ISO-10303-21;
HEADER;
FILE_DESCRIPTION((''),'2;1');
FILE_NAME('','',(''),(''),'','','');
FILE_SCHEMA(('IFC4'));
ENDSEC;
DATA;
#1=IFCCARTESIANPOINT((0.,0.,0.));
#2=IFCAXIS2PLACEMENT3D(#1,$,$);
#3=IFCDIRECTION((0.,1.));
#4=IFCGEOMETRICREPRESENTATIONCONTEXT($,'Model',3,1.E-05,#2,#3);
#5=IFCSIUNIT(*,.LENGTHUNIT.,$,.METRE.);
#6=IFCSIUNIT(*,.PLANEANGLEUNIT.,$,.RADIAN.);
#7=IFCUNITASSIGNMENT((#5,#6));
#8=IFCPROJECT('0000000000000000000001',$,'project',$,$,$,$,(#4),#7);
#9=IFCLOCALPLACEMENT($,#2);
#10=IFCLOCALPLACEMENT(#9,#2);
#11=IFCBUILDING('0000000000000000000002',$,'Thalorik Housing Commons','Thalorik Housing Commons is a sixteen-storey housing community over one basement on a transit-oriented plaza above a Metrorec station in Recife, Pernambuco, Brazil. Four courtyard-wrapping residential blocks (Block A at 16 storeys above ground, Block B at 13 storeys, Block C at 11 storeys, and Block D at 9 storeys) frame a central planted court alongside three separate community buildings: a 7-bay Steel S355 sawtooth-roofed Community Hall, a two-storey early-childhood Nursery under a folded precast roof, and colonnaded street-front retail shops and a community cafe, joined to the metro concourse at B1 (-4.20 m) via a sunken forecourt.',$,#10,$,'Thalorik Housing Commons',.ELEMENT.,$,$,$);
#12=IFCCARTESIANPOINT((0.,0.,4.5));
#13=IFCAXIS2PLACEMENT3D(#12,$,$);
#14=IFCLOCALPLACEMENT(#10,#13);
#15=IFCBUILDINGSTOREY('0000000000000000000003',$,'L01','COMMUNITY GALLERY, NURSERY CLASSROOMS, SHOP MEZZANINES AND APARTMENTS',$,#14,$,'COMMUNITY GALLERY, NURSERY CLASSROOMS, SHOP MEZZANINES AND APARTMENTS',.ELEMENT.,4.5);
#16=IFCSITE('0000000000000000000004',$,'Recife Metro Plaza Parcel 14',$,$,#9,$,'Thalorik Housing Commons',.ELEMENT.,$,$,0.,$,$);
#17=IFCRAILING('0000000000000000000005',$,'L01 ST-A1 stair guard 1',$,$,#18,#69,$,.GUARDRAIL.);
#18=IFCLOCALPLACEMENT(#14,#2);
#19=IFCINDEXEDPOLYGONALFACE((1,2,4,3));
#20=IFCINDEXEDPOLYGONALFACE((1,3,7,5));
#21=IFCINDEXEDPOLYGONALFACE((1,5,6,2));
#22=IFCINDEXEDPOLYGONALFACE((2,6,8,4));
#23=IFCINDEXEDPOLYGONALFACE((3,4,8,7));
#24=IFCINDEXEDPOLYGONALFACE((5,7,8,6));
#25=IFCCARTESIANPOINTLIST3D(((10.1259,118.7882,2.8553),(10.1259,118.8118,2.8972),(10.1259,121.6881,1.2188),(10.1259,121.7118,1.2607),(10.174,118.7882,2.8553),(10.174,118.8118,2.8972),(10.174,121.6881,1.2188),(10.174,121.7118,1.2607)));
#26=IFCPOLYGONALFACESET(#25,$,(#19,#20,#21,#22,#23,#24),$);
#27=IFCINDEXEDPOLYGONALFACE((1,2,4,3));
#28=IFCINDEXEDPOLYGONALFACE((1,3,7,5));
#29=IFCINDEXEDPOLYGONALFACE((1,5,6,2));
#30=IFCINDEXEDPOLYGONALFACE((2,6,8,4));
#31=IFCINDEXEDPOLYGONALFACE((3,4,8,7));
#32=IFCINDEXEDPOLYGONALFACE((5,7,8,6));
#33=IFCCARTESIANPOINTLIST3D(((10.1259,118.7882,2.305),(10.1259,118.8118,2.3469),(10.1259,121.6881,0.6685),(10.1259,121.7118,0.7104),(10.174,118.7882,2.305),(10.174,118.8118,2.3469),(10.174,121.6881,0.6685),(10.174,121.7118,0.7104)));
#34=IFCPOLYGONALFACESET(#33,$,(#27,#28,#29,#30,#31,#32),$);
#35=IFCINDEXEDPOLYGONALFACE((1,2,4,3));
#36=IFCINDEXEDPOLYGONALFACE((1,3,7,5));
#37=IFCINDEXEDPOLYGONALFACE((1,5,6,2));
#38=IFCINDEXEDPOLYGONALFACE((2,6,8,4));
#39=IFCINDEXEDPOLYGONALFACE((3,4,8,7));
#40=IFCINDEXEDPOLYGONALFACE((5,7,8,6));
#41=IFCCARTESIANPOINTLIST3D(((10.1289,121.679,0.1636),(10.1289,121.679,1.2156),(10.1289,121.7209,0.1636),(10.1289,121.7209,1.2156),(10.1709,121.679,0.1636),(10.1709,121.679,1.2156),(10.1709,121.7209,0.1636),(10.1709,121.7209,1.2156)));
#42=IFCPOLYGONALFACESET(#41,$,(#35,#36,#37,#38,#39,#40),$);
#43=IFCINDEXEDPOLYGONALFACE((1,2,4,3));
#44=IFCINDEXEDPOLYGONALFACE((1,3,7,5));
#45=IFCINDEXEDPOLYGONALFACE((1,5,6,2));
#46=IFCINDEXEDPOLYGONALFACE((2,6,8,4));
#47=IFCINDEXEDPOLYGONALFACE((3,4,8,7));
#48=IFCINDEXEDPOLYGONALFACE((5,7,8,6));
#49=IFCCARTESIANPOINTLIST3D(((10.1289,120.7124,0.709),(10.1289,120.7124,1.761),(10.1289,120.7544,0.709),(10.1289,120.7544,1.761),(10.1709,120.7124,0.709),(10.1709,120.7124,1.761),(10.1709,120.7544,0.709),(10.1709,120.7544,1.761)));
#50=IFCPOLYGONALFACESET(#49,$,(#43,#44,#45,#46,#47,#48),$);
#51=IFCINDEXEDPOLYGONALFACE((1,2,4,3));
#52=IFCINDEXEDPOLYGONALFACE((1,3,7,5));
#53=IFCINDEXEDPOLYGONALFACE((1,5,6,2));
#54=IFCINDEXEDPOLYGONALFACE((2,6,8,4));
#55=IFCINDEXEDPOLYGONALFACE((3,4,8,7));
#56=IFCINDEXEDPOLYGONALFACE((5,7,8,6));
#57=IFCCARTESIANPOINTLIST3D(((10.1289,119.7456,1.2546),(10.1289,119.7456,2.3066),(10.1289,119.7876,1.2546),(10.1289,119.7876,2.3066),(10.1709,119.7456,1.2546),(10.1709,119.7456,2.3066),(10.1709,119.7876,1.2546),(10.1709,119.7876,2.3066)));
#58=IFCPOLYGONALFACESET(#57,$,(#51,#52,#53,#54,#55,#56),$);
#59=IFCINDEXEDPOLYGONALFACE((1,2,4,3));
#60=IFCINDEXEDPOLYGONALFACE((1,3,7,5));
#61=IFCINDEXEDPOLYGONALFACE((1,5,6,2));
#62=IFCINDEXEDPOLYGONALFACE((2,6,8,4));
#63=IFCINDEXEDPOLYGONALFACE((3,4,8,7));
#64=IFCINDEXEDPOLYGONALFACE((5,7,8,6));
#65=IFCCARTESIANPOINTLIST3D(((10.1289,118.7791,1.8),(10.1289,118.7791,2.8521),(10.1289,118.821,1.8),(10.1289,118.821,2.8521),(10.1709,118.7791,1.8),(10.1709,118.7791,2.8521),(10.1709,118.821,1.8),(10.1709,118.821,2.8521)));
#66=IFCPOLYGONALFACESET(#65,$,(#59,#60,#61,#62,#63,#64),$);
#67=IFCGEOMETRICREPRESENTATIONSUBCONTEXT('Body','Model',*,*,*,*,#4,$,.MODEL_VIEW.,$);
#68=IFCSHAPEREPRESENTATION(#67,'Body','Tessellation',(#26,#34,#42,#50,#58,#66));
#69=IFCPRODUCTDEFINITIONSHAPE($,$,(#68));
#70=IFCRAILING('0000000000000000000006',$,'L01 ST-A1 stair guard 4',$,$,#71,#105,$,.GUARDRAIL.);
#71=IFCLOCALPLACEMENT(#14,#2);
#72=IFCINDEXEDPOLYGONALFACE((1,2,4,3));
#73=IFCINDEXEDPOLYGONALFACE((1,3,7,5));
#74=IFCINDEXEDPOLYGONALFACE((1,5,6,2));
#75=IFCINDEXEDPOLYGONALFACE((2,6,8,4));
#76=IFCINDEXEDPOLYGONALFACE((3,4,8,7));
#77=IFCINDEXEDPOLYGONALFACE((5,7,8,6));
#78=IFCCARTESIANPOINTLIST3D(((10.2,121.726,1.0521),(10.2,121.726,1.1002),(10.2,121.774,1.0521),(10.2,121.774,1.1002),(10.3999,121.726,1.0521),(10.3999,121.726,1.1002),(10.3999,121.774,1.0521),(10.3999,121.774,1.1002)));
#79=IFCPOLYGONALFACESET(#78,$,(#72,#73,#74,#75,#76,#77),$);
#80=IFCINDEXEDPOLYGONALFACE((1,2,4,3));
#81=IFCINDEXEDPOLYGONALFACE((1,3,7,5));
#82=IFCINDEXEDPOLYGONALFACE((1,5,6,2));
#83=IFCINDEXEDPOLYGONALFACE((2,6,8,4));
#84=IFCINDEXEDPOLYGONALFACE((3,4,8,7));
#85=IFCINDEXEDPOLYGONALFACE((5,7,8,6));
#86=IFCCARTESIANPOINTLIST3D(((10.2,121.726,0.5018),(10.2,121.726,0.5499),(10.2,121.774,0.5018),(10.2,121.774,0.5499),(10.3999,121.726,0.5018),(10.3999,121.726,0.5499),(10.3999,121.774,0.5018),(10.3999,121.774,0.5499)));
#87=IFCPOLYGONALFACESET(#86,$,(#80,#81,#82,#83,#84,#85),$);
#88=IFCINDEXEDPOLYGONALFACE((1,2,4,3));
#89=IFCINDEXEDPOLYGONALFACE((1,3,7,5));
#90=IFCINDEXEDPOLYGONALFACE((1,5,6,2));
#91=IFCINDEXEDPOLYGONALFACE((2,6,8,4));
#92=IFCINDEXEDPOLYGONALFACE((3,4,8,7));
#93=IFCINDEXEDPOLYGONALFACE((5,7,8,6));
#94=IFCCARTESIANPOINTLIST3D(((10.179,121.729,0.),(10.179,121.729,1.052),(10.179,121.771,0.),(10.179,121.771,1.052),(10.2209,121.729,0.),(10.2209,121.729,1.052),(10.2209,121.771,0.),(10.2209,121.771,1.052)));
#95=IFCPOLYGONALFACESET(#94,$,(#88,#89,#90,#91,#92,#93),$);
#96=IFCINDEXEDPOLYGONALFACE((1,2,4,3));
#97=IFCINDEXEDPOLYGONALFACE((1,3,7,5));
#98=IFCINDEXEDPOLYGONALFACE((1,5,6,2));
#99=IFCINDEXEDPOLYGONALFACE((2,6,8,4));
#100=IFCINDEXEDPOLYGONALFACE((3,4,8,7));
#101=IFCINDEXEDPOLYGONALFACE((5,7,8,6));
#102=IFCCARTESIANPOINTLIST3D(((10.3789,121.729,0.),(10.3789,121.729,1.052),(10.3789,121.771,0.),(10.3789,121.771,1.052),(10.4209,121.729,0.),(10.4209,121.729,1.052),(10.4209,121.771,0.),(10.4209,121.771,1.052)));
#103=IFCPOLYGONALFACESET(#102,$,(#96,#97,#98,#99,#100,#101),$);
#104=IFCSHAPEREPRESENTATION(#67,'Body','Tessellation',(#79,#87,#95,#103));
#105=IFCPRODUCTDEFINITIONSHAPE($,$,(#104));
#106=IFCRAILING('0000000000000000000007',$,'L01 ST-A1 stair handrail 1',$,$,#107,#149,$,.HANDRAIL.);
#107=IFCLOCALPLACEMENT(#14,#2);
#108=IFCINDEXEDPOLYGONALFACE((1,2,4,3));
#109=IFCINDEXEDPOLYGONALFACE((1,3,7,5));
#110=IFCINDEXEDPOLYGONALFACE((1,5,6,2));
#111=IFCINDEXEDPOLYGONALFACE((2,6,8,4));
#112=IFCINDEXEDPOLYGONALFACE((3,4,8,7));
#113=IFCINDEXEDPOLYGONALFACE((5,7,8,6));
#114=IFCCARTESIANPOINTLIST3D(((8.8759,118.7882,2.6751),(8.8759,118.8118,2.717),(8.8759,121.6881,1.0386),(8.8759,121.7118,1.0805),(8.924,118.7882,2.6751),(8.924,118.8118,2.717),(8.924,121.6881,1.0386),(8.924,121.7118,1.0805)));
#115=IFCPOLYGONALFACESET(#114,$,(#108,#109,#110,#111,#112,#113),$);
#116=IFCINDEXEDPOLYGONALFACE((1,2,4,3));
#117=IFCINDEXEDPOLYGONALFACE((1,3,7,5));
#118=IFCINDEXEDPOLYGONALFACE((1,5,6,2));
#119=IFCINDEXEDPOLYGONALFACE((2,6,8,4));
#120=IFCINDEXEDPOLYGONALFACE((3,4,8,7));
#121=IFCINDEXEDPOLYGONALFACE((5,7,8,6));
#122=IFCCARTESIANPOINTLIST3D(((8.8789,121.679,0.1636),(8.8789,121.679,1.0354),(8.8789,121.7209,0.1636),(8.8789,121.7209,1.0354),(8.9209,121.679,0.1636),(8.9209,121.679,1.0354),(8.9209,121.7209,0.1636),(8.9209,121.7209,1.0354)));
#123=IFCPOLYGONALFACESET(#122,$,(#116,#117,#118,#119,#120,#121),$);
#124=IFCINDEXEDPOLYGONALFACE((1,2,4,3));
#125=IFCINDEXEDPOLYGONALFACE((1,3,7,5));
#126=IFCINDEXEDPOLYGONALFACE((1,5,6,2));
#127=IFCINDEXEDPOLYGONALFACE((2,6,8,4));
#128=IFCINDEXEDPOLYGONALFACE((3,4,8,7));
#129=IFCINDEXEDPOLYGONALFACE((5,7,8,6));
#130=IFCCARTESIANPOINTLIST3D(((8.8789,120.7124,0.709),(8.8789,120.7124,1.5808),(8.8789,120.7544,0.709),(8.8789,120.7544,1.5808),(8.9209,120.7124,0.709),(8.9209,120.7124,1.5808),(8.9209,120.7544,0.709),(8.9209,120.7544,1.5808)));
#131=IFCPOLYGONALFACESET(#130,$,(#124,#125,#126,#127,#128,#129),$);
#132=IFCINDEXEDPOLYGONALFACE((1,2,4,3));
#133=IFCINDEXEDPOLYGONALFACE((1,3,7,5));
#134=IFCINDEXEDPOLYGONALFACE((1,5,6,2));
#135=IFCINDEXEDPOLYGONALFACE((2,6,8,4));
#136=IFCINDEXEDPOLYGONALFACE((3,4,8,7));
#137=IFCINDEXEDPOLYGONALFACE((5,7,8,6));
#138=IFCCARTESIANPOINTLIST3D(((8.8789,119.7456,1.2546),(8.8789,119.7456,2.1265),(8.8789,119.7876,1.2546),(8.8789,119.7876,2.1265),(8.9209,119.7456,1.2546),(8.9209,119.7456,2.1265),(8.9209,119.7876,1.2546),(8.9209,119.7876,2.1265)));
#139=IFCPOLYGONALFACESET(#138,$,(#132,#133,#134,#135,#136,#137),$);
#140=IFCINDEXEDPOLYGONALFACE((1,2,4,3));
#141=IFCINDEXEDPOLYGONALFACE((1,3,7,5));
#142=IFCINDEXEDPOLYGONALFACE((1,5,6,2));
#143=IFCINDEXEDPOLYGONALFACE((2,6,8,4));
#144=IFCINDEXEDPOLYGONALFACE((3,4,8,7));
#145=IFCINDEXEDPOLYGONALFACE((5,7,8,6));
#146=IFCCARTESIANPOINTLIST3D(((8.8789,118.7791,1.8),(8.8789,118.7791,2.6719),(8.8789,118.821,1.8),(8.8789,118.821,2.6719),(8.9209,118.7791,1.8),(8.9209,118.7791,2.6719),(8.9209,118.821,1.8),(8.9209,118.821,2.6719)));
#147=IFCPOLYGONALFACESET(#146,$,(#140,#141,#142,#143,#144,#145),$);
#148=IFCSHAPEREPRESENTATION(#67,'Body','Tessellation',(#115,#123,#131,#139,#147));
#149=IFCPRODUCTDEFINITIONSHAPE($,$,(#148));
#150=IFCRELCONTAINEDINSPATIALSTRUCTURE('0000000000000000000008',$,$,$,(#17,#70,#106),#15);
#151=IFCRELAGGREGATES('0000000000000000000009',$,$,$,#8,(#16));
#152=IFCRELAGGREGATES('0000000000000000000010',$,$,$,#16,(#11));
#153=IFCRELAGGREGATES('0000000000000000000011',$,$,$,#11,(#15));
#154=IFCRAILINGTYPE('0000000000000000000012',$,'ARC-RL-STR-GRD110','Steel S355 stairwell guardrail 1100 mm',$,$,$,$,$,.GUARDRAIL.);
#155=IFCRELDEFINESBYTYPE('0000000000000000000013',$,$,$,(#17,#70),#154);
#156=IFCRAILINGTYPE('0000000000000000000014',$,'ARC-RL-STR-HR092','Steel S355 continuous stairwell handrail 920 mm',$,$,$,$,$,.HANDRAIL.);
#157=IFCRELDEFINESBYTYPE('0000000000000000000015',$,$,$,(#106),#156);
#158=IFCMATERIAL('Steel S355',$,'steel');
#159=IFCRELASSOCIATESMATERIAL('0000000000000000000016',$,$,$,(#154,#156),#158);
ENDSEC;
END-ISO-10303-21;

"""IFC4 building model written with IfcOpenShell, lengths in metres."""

from ifc_helpers import new_model, si_unit, direction, frame, origin, origin_2d, place, context, subcontext, project, spatial, rectangle, extrude, material, type_object, element, save


model = new_model("IFC4")

# Units and contexts
model_context = context("Model", 3, precision=1e-05, world=origin(), true_north=direction((0.0, 1.0)))
body_context = subcontext(model_context, "Body", "Model", "MODEL_VIEW")
ifc_project = project(units=[si_unit("LENGTHUNIT", "METRE"), si_unit("PLANEANGLEUNIT", "RADIAN")], contexts=[model_context])

# Site, building, storey
site_placement = place(None, origin())
site = spatial("IfcSite", under=ifc_project, at=site_placement, Name="Recife Metro Plaza Parcel 14", LongName="Thalorik Housing Commons", CompositionType="ELEMENT", RefElevation=0.0)
building_placement = place(site_placement, origin())
building = spatial("IfcBuilding", under=site, at=building_placement, Name="Thalorik Housing Commons", Description="Thalorik Housing Commons is a sixteen-storey housing community over one basement on a transit-oriented plaza above a Metrorec station in Recife, Pernambuco, Brazil. Four courtyard-wrapping residential blocks (Block A at 16 storeys above ground, Block B at 13 storeys, Block C at 11 storeys, and Block D at 9 storeys) frame a central planted court alongside three separate community buildings: a 7-bay Steel S355 sawtooth-roofed Community Hall, a two-storey early-childhood Nursery under a folded precast roof, and colonnaded street-front retail shops and a community cafe, joined to the metro concourse at B1 (-4.20 m) via a sunken forecourt.", LongName="Thalorik Housing Commons", CompositionType="ELEMENT")
storey_placement = place(building_placement, frame((0.0, 0.0, 4.5)))
storey = spatial("IfcBuildingStorey", under=building, at=storey_placement, Name="L01", Description="COMMUNITY GALLERY, NURSERY CLASSROOMS, SHOP MEZZANINES AND APARTMENTS", LongName="COMMUNITY GALLERY, NURSERY CLASSROOMS, SHOP MEZZANINES AND APARTMENTS", CompositionType="ELEMENT", Elevation=4.5)

# Shared definitions
ifc_material_1 = material(Name="Steel S355", Category="steel")

# Railings
railing_type_1 = type_object("IfcRailingType", Name="ARC-RL-STR-GRD110", Description="Steel S355 stairwell guardrail 1100 mm", PredefinedType="GUARDRAIL", material=ifc_material_1)
railing_1_placement = place(storey_placement, frame((10.1499, 121.7, 0.1636)))
element("IfcRailing", 1, at=railing_1_placement, inside=storey, type_object=railing_type_1, Name="L01 ST-A1 stair guard 1", PredefinedType="GUARDRAIL", context=body_context, shape_type="SweptSolid", body=[
    extrude(rectangle(XDim=0.0481, YDim=0.0481, at=origin_2d()), frame((0.0, 0.0, 1.0762), z_axis=(0.0, -0.870897, 0.491465), x_axis=(1.0, 0.0, 0.0)), (0.0, 0.0, 1.0), 3.3298),
    extrude(rectangle(XDim=0.0481, YDim=0.0481, at=origin_2d()), frame((0.0, 0.0, 0.5259), z_axis=(0.0, -0.870897, 0.491465), x_axis=(1.0, 0.0, 0.0)), (0.0, 0.0, 1.0), 3.3298),
    extrude(rectangle(XDim=0.042, YDim=0.042, at=origin_2d()), origin(), (0.0, 0.0, 1.0), 1.052),
    extrude(rectangle(XDim=0.042, YDim=0.042, at=origin_2d()), frame((0.0, -0.9666, 0.5454)), (0.0, 0.0, 1.0), 1.052),
    extrude(rectangle(XDim=0.042, YDim=0.042, at=origin_2d()), frame((0.0, -1.9333, 1.0911)), (0.0, 0.0, 1.0), 1.052),
    extrude(rectangle(XDim=0.042, YDim=0.042, at=origin_2d()), frame((0.0, -2.8999, 1.6365)), (0.0, 0.0, 1.0), 1.052),
])
railing_2_placement = place(storey_placement, frame((10.2, 121.75, 0.0)))
element("IfcRailing", 2, at=railing_2_placement, inside=storey, type_object=railing_type_1, Name="L01 ST-A1 stair guard 4", PredefinedType="GUARDRAIL", context=body_context, shape_type="SweptSolid", body=[
    extrude(rectangle(XDim=0.0481, YDim=0.0481, at=origin_2d()), frame((0.0, 0.0, 1.0762), z_axis=(1.0, 0.0, 0.0), x_axis=(0.0, 1.0, 0.0)), (0.0, 0.0, 1.0), 0.2),
    extrude(rectangle(XDim=0.0481, YDim=0.0481, at=origin_2d()), frame((0.0, 0.0, 0.5259), z_axis=(1.0, 0.0, 0.0), x_axis=(0.0, 1.0, 0.0)), (0.0, 0.0, 1.0), 0.2),
    extrude(rectangle(XDim=0.042, YDim=0.042, at=origin_2d()), origin(), (0.0, 0.0, 1.0), 1.052),
    extrude(rectangle(XDim=0.042, YDim=0.042, at=origin_2d()), frame((0.2, 0.0, 0.0)), (0.0, 0.0, 1.0), 1.052),
])
railing_type_2 = type_object("IfcRailingType", Name="ARC-RL-STR-HR092", Description="Steel S355 continuous stairwell handrail 920 mm", PredefinedType="HANDRAIL", material=ifc_material_1)
railing_3_placement = place(storey_placement, frame((8.8999, 121.7, 0.1636)))
element("IfcRailing", 3, at=railing_3_placement, inside=storey, type_object=railing_type_2, Name="L01 ST-A1 stair handrail 1", PredefinedType="HANDRAIL", context=body_context, shape_type="SweptSolid", body=[
    extrude(rectangle(XDim=0.0481, YDim=0.0481, at=origin_2d()), frame((0.0, 0.0, 0.896), z_axis=(0.0, -0.870897, 0.491465), x_axis=(1.0, 0.0, 0.0)), (0.0, 0.0, 1.0), 3.3298),
    extrude(rectangle(XDim=0.042, YDim=0.042, at=origin_2d()), origin(), (0.0, 0.0, 1.0), 0.8718),
    extrude(rectangle(XDim=0.042, YDim=0.042, at=origin_2d()), frame((0.0, -0.9666, 0.5454)), (0.0, 0.0, 1.0), 0.8718),
    extrude(rectangle(XDim=0.042, YDim=0.042, at=origin_2d()), frame((0.0, -1.9333, 1.0911)), (0.0, 0.0, 1.0), 0.8718),
    extrude(rectangle(XDim=0.042, YDim=0.042, at=origin_2d()), frame((0.0, -2.8999, 1.6365)), (0.0, 0.0, 1.0), 0.8718),
])

save(model, "model.ifc")
